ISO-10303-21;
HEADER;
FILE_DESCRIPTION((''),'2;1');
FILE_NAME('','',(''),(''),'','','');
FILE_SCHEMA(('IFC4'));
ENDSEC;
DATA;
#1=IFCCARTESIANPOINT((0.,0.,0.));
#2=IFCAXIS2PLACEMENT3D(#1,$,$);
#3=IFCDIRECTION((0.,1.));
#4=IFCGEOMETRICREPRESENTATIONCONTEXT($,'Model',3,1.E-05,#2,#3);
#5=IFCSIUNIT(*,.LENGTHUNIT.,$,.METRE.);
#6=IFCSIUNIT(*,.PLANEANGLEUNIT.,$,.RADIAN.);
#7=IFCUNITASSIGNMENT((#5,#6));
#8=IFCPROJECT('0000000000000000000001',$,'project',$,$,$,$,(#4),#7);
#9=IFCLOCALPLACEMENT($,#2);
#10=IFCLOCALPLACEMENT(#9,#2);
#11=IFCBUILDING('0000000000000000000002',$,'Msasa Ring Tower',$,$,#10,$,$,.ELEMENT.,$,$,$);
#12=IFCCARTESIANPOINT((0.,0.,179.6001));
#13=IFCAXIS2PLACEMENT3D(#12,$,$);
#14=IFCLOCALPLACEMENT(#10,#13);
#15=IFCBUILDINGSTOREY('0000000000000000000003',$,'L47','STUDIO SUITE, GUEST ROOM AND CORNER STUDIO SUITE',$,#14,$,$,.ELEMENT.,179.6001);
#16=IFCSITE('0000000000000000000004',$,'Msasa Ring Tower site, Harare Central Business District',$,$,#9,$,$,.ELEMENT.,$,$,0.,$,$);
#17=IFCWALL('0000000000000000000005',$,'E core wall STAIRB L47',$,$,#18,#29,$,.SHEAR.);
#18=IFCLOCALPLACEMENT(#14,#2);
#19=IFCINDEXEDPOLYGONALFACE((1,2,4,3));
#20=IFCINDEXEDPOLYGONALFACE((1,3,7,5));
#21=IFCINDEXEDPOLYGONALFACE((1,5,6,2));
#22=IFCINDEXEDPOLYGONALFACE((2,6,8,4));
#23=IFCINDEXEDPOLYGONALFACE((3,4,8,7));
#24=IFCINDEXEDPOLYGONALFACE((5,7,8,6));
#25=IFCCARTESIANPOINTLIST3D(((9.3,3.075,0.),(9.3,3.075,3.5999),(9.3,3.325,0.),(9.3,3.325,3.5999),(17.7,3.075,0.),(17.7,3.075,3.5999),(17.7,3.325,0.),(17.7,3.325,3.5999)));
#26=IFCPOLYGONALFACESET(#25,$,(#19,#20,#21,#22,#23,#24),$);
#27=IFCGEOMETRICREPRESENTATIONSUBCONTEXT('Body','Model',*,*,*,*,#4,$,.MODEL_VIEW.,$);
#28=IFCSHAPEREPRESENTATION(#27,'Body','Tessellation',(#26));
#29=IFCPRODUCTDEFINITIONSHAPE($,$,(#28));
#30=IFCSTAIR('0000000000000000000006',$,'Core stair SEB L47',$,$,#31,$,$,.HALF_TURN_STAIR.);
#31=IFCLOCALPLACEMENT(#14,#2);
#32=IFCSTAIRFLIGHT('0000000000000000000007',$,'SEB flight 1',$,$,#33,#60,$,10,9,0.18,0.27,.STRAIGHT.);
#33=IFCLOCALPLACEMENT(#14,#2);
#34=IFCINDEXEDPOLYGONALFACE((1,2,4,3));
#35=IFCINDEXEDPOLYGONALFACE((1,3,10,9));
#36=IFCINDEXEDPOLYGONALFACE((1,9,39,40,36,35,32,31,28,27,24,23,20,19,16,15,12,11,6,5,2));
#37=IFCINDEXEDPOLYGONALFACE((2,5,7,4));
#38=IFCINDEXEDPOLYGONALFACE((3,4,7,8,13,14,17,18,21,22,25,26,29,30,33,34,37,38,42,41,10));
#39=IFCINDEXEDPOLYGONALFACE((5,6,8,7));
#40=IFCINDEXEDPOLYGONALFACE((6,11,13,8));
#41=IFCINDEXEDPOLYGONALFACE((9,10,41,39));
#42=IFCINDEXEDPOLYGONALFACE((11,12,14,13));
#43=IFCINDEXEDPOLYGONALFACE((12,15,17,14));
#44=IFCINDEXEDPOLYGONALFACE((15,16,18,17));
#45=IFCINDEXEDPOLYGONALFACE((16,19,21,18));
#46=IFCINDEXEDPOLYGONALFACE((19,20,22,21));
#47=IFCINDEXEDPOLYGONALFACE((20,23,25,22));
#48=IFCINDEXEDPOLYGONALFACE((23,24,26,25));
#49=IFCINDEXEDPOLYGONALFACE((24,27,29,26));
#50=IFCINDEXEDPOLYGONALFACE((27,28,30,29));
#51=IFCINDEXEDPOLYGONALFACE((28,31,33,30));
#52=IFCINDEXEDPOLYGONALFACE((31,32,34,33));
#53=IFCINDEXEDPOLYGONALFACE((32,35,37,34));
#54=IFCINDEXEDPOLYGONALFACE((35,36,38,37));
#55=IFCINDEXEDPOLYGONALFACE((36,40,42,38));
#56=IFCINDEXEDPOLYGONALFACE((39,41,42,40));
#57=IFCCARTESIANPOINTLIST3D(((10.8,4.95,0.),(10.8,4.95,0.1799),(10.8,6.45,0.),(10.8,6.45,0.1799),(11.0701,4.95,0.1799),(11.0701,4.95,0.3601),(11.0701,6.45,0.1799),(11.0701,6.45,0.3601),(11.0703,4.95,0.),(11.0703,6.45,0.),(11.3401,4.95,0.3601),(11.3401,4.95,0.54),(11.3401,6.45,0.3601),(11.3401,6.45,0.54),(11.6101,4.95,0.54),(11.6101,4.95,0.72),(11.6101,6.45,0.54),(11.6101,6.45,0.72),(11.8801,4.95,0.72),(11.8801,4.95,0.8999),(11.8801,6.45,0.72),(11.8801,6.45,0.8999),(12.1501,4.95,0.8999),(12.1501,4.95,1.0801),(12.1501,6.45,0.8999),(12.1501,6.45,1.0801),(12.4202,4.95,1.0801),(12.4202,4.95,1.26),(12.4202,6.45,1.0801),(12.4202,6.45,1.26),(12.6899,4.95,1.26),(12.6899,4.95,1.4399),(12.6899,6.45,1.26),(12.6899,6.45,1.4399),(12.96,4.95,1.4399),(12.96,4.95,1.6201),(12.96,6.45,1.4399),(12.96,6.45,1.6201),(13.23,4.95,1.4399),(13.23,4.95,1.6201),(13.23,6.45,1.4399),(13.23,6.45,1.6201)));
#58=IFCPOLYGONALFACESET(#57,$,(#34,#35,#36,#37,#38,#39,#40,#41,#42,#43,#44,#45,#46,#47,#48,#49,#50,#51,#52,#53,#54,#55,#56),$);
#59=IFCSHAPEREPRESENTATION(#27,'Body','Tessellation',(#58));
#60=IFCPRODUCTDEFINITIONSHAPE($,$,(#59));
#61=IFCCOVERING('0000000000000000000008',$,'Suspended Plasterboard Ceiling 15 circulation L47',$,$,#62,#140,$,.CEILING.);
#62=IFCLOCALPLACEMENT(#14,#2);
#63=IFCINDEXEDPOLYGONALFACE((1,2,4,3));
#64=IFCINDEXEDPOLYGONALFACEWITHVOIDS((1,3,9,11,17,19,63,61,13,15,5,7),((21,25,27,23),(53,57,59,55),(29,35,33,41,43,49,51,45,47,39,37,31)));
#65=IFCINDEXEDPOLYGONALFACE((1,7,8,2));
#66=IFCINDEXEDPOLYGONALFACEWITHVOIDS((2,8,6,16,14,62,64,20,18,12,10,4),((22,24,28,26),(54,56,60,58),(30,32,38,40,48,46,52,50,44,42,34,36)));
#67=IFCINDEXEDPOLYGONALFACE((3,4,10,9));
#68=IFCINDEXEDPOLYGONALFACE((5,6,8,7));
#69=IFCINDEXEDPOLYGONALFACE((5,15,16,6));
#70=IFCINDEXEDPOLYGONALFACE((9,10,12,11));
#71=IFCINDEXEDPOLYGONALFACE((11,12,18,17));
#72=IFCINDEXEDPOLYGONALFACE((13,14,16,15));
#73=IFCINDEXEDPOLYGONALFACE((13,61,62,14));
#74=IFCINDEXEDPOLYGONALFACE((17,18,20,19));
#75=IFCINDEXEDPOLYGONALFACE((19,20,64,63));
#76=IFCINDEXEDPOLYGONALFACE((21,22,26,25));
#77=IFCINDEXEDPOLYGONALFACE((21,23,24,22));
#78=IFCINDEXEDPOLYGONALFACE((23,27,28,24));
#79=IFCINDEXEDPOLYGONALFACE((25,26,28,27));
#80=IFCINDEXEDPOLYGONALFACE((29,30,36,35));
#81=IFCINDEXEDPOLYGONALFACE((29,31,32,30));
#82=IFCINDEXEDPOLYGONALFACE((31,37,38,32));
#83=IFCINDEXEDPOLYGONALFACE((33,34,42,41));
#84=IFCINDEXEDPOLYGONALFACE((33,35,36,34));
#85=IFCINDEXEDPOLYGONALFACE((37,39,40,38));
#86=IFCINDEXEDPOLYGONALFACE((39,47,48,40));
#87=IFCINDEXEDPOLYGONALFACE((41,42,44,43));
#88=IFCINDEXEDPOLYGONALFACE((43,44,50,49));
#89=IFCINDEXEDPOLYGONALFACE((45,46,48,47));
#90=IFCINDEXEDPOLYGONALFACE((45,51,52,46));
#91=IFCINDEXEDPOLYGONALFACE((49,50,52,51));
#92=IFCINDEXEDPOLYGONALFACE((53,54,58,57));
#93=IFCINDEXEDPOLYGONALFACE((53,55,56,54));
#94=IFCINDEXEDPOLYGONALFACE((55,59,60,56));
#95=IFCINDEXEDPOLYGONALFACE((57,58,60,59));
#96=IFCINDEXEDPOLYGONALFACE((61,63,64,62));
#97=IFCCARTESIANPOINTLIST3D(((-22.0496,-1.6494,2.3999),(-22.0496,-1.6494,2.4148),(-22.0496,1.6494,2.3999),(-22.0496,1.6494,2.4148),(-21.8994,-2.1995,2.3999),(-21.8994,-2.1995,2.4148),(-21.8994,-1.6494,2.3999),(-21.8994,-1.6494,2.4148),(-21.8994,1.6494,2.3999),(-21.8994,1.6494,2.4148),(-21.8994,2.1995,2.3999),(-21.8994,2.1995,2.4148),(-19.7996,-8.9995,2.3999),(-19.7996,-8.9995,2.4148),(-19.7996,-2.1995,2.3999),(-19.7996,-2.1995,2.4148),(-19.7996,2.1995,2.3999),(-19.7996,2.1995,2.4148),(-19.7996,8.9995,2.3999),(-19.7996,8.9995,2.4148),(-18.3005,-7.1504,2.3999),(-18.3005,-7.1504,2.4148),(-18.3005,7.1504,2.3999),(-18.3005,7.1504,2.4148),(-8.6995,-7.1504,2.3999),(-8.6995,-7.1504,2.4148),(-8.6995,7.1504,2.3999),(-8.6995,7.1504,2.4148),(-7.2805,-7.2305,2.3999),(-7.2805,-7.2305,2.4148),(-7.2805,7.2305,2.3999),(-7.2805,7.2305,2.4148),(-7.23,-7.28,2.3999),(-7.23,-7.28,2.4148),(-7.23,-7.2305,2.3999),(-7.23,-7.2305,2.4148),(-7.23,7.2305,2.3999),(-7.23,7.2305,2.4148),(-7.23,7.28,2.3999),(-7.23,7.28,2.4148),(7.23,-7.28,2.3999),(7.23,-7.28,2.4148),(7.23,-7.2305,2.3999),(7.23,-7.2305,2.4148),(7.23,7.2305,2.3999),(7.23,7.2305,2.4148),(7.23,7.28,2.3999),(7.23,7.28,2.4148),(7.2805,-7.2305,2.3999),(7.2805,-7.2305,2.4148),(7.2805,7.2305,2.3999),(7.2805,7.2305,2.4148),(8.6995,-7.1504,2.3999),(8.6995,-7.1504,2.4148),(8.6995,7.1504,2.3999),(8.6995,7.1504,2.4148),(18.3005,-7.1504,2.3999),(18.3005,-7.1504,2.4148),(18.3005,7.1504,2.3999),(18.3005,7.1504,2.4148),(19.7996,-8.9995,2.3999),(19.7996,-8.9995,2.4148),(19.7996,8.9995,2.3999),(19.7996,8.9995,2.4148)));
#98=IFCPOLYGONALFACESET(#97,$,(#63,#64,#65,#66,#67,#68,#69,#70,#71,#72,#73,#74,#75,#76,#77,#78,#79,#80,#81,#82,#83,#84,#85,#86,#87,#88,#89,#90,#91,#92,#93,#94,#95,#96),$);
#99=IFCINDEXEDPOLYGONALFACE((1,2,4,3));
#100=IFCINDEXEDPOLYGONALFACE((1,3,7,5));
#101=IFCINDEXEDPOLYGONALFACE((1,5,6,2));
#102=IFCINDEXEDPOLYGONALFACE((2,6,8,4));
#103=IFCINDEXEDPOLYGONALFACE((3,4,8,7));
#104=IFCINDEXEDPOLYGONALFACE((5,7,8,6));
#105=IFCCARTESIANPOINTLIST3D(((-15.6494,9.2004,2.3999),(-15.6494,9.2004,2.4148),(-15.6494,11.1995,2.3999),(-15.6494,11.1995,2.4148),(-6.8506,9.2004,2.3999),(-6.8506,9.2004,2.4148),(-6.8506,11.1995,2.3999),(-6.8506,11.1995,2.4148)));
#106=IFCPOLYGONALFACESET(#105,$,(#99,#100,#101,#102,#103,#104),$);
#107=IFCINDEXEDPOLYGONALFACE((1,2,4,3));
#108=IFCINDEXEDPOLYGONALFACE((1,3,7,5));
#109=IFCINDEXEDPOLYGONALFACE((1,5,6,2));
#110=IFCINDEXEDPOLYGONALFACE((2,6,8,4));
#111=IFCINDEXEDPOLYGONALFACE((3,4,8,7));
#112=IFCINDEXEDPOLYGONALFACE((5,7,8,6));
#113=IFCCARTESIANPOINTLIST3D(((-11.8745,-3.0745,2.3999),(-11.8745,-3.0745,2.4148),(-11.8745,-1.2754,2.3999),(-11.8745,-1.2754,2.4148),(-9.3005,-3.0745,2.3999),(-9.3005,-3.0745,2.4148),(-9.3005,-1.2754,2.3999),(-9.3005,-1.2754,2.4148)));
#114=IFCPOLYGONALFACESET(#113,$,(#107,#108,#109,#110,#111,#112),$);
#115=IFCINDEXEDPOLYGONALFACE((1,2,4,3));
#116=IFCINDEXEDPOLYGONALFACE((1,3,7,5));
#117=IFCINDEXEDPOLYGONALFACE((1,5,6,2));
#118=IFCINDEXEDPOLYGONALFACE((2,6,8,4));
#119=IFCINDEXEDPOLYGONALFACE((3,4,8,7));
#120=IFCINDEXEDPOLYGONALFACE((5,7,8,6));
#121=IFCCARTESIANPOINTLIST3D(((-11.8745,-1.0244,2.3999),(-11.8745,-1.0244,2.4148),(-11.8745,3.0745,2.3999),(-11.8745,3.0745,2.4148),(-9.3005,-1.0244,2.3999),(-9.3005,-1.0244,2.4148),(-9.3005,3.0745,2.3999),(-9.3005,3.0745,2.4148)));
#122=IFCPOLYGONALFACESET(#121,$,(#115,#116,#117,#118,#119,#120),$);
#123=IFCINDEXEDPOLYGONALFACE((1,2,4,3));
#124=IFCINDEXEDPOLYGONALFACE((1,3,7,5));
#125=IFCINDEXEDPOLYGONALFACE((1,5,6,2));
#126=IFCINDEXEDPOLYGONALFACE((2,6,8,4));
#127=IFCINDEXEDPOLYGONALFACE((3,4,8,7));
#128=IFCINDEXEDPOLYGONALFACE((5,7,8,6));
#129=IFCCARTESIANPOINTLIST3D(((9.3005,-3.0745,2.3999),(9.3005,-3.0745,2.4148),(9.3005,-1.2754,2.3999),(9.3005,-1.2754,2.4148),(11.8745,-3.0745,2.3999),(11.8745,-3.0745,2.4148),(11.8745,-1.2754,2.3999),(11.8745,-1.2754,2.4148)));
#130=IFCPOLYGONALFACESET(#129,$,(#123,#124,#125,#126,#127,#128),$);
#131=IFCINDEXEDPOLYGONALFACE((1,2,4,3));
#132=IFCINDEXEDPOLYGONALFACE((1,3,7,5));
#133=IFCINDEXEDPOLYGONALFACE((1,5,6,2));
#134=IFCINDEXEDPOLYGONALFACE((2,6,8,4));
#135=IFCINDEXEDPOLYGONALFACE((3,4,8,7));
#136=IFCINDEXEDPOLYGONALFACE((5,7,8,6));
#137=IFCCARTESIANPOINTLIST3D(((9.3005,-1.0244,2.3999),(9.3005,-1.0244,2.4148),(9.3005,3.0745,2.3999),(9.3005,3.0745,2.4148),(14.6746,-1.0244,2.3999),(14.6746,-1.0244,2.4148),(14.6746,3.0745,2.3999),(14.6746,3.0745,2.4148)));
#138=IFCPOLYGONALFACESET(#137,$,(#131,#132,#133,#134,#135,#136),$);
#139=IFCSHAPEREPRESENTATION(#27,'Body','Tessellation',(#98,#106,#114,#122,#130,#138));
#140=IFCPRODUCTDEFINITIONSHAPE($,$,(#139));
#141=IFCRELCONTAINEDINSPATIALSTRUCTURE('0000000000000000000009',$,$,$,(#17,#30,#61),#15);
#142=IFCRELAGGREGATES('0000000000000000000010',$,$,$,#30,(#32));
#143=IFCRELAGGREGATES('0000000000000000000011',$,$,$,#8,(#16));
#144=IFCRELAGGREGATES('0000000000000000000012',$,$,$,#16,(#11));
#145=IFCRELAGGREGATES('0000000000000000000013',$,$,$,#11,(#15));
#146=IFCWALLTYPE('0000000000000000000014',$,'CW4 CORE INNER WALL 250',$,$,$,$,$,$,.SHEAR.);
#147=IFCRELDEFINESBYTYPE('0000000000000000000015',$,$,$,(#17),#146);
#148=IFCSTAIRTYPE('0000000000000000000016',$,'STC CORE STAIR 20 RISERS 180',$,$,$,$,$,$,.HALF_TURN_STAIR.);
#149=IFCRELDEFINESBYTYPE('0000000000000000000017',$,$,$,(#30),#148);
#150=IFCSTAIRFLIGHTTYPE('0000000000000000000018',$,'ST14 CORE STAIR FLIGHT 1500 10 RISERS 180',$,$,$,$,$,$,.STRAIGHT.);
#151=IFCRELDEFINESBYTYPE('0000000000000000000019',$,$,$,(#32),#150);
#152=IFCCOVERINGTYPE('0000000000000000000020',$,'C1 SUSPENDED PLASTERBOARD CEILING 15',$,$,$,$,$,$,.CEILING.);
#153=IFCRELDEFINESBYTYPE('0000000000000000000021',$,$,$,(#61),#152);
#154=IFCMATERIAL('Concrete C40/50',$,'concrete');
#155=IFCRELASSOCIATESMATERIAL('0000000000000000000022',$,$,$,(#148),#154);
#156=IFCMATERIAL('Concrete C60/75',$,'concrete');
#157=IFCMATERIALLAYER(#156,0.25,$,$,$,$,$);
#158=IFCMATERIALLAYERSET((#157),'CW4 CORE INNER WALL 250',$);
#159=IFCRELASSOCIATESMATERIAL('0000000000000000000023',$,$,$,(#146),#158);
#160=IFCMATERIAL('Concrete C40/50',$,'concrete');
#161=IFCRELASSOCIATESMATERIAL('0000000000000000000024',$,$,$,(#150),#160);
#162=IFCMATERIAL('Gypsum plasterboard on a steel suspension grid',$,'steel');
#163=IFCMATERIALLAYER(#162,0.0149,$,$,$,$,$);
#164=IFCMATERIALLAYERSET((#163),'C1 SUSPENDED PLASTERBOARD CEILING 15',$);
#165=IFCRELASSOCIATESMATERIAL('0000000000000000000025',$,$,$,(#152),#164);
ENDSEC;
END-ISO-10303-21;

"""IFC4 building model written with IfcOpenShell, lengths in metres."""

from ifc_helpers import new_model, si_unit, direction, frame, frame_2d, origin, place, context, subcontext, project, spatial, polyline, line, indexed_curve, rectangle, outline, extrude, material, layer, layer_set, type_object, element, aggregate, save


model = new_model("IFC4")

# Units and contexts
model_context = context("Model", 3, precision=1e-05, world=origin(), true_north=direction((0.0, 1.0)))
body_context = subcontext(model_context, "Body", "Model", "MODEL_VIEW")
ifc_project = project(units=[si_unit("LENGTHUNIT", "METRE"), si_unit("PLANEANGLEUNIT", "RADIAN")], contexts=[model_context])

# Site, building, storey
site_placement = place(None, origin())
site = spatial("IfcSite", under=ifc_project, at=site_placement, Name="Msasa Ring Tower site, Harare Central Business District", CompositionType="ELEMENT", RefElevation=0.0)
building_placement = place(site_placement, origin())
building = spatial("IfcBuilding", under=site, at=building_placement, Name="Msasa Ring Tower", CompositionType="ELEMENT")
storey_placement = place(building_placement, frame((0.0, 0.0, 179.6001)))
storey = spatial("IfcBuildingStorey", under=building, at=storey_placement, Name="L47", Description="STUDIO SUITE, GUEST ROOM AND CORNER STUDIO SUITE", CompositionType="ELEMENT", Elevation=179.6001)

# Shared definitions
ifc_material_1 = material(Name="Concrete C40/50", Category="concrete")
stair_type = type_object("IfcStairType", Name="STC CORE STAIR 20 RISERS 180", PredefinedType="HALF_TURN_STAIR", material=ifc_material_1)

# Wall
ifc_material_2 = material(Name="Concrete C60/75", Category="concrete")
ifc_layer_1 = layer(ifc_material_2, 0.25)
ifc_layer_set_1 = layer_set([ifc_layer_1], Name="CW4 CORE INNER WALL 250")
wall_type = type_object("IfcWallType", Name="CW4 CORE INNER WALL 250", PredefinedType="SHEAR", material=ifc_layer_set_1)
wall_placement = place(storey_placement, frame((9.3, 3.2, 0.0), z_axis=(0.0, 0.0, 1.0), x_axis=(1.0, 0.0, 0.0)))
element("IfcWall", 1, at=wall_placement, inside=storey, type_object=wall_type, Name="E core wall STAIRB L47", PredefinedType="SHEAR", context=body_context, shape_type="SweptSolid", body=[
    extrude(rectangle(XDim=8.3999, YDim=0.25, at=frame_2d((4.2, 0.0))), origin(), (0.0, 0.0, 1.0), 3.5999),
])

# Stair, stair flight
stair_1_placement = place(storey_placement, origin())
stair_1 = element("IfcStair", 2, at=stair_1_placement, inside=storey, type_object=stair_type, Name="Core stair SEB L47", PredefinedType="HALF_TURN_STAIR")
ifc_material_3 = material(Name="Concrete C40/50", Category="concrete")
stair_flight_type = type_object("IfcStairFlightType", Name="ST14 CORE STAIR FLIGHT 1500 10 RISERS 180", PredefinedType="STRAIGHT", material=ifc_material_3)
stair_flight_placement = place(storey_placement, frame((10.8, 5.7, 0.0), z_axis=(0.0, 0.0, 1.0), x_axis=(1.0, 0.0, 0.0)))
stair_flight = element("IfcStairFlight", 3, at=stair_flight_placement, type_object=stair_flight_type, Name="SEB flight 1", NumberOfRisers=10, NumberOfTreads=9, PredefinedType="STRAIGHT", RiserHeight=0.18, TreadLength=0.27, context=body_context, shape_type="SweptSolid", body=[
    extrude(outline(polyline([(0.0, 0.0), (0.0, 0.1799), (0.27, 0.1799), (0.27, 0.3601), (0.54, 0.3601), (0.54, 0.54), (0.8101, 0.54), (0.8101, 0.72), (1.0801, 0.72), (1.0801, 0.8999), (1.3501, 0.8999), (1.3501, 1.0801), (1.6201, 1.0801), (1.6201, 1.26), (1.8899, 1.26), (1.8899, 1.4399), (2.1599, 1.4399), (2.1599, 1.6201), (2.4299, 1.6201), (2.4299, 1.8), (2.4299, 1.4399), (0.2703, 0.0), (0.0, 0.0)])), frame((0.0, 0.75, 0.0), z_axis=(0.0, -1.0, 0.0), x_axis=(1.0, 0.0, 0.0)), (0.0, 0.0, 1.0), 1.5),
])
aggregate(stair_1, [stair_flight])

# Covering
ifc_material_4 = material(Name="Gypsum plasterboard on a steel suspension grid", Category="steel")
ifc_layer_2 = layer(ifc_material_4, 0.0149)
ifc_layer_set_2 = layer_set([ifc_layer_2], Name="C1 SUSPENDED PLASTERBOARD CEILING 15")
covering_type_1 = type_object("IfcCoveringType", Name="C1 SUSPENDED PLASTERBOARD CEILING 15", PredefinedType="CEILING", material=ifc_layer_set_2)
covering_1_placement = place(storey_placement, frame((0.0, 0.0, 2.3999)))
element("IfcCovering", 4, at=covering_1_placement, inside=storey, type_object=covering_type_1, Name="Suspended Plasterboard Ceiling 15 circulation L47", PredefinedType="CEILING", context=body_context, shape_type="SweptSolid", body=[
    extrude(outline(indexed_curve([(-22.0496, 1.6494), (-21.8994, 1.6494), (-21.8994, 2.1995), (-19.7996, 2.1995), (-19.7996, 8.9995), (19.7996, 8.9995), (19.7996, -8.9995), (-19.7996, -8.9995), (-19.7996, -2.1995), (-21.8994, -2.1995), (-21.8994, -1.6494), (-22.0496, -1.6494)], segments=[line(1, 2, 3, 4, 5, 6, 7, 8, 9, 10, 11, 12, 1)], self_intersect=False), holes=[indexed_curve([(8.6995, -7.1504), (18.3005, -7.1504), (18.3005, 7.1504), (8.6995, 7.1504)], segments=[line(1, 2, 3, 4, 1)], self_intersect=False), indexed_curve([(-18.3005, 7.1504), (-18.3005, -7.1504), (-8.6995, -7.1504), (-8.6995, 7.1504)], segments=[line(1, 2, 3, 4, 1)], self_intersect=False), indexed_curve([(-7.2805, 7.2305), (-7.2805, -7.2305), (-7.23, -7.2305), (-7.23, -7.28), (7.23, -7.28), (7.23, -7.2305), (7.2805, -7.2305), (7.2805, 7.2305), (7.23, 7.2305), (7.23, 7.28), (-7.23, 7.28), (-7.23, 7.2305)], segments=[line(1, 2, 3, 4, 5, 6, 7, 8, 9, 10, 11, 12, 1)], self_intersect=False)]), origin(), (0.0, 0.0, 1.0), 0.0149),
    extrude(outline(indexed_curve([(-15.6494, 9.2004), (-15.6494, 11.1995), (-6.8506, 11.1995), (-6.8506, 9.2004)], segments=[line(1, 2, 3, 4, 1)], self_intersect=False)), origin(), (0.0, 0.0, 1.0), 0.0149),
    extrude(outline(indexed_curve([(-9.3005, -3.0745), (-11.8745, -3.0745), (-11.8745, -1.2754), (-9.3005, -1.2754)], segments=[line(1, 2, 3, 4, 1)], self_intersect=False)), origin(), (0.0, 0.0, 1.0), 0.0149),
    extrude(outline(indexed_curve([(-9.3005, -1.0244), (-11.8745, -1.0244), (-11.8745, 3.0745), (-9.3005, 3.0745)], segments=[line(1, 2, 3, 4, 1)], self_intersect=False)), origin(), (0.0, 0.0, 1.0), 0.0149),
    extrude(outline(indexed_curve([(9.3005, -3.0745), (9.3005, -1.2754), (11.8745, -1.2754), (11.8745, -3.0745)], segments=[line(1, 2, 3, 4, 1)], self_intersect=False)), origin(), (0.0, 0.0, 1.0), 0.0149),
    extrude(outline(indexed_curve([(9.3005, -1.0244), (9.3005, 3.0745), (14.6746, 3.0745), (14.6746, -1.0244)], segments=[line(1, 2, 3, 4, 1)], self_intersect=False)), origin(), (0.0, 0.0, 1.0), 0.0149),
])

save(model, "model.ifc")
